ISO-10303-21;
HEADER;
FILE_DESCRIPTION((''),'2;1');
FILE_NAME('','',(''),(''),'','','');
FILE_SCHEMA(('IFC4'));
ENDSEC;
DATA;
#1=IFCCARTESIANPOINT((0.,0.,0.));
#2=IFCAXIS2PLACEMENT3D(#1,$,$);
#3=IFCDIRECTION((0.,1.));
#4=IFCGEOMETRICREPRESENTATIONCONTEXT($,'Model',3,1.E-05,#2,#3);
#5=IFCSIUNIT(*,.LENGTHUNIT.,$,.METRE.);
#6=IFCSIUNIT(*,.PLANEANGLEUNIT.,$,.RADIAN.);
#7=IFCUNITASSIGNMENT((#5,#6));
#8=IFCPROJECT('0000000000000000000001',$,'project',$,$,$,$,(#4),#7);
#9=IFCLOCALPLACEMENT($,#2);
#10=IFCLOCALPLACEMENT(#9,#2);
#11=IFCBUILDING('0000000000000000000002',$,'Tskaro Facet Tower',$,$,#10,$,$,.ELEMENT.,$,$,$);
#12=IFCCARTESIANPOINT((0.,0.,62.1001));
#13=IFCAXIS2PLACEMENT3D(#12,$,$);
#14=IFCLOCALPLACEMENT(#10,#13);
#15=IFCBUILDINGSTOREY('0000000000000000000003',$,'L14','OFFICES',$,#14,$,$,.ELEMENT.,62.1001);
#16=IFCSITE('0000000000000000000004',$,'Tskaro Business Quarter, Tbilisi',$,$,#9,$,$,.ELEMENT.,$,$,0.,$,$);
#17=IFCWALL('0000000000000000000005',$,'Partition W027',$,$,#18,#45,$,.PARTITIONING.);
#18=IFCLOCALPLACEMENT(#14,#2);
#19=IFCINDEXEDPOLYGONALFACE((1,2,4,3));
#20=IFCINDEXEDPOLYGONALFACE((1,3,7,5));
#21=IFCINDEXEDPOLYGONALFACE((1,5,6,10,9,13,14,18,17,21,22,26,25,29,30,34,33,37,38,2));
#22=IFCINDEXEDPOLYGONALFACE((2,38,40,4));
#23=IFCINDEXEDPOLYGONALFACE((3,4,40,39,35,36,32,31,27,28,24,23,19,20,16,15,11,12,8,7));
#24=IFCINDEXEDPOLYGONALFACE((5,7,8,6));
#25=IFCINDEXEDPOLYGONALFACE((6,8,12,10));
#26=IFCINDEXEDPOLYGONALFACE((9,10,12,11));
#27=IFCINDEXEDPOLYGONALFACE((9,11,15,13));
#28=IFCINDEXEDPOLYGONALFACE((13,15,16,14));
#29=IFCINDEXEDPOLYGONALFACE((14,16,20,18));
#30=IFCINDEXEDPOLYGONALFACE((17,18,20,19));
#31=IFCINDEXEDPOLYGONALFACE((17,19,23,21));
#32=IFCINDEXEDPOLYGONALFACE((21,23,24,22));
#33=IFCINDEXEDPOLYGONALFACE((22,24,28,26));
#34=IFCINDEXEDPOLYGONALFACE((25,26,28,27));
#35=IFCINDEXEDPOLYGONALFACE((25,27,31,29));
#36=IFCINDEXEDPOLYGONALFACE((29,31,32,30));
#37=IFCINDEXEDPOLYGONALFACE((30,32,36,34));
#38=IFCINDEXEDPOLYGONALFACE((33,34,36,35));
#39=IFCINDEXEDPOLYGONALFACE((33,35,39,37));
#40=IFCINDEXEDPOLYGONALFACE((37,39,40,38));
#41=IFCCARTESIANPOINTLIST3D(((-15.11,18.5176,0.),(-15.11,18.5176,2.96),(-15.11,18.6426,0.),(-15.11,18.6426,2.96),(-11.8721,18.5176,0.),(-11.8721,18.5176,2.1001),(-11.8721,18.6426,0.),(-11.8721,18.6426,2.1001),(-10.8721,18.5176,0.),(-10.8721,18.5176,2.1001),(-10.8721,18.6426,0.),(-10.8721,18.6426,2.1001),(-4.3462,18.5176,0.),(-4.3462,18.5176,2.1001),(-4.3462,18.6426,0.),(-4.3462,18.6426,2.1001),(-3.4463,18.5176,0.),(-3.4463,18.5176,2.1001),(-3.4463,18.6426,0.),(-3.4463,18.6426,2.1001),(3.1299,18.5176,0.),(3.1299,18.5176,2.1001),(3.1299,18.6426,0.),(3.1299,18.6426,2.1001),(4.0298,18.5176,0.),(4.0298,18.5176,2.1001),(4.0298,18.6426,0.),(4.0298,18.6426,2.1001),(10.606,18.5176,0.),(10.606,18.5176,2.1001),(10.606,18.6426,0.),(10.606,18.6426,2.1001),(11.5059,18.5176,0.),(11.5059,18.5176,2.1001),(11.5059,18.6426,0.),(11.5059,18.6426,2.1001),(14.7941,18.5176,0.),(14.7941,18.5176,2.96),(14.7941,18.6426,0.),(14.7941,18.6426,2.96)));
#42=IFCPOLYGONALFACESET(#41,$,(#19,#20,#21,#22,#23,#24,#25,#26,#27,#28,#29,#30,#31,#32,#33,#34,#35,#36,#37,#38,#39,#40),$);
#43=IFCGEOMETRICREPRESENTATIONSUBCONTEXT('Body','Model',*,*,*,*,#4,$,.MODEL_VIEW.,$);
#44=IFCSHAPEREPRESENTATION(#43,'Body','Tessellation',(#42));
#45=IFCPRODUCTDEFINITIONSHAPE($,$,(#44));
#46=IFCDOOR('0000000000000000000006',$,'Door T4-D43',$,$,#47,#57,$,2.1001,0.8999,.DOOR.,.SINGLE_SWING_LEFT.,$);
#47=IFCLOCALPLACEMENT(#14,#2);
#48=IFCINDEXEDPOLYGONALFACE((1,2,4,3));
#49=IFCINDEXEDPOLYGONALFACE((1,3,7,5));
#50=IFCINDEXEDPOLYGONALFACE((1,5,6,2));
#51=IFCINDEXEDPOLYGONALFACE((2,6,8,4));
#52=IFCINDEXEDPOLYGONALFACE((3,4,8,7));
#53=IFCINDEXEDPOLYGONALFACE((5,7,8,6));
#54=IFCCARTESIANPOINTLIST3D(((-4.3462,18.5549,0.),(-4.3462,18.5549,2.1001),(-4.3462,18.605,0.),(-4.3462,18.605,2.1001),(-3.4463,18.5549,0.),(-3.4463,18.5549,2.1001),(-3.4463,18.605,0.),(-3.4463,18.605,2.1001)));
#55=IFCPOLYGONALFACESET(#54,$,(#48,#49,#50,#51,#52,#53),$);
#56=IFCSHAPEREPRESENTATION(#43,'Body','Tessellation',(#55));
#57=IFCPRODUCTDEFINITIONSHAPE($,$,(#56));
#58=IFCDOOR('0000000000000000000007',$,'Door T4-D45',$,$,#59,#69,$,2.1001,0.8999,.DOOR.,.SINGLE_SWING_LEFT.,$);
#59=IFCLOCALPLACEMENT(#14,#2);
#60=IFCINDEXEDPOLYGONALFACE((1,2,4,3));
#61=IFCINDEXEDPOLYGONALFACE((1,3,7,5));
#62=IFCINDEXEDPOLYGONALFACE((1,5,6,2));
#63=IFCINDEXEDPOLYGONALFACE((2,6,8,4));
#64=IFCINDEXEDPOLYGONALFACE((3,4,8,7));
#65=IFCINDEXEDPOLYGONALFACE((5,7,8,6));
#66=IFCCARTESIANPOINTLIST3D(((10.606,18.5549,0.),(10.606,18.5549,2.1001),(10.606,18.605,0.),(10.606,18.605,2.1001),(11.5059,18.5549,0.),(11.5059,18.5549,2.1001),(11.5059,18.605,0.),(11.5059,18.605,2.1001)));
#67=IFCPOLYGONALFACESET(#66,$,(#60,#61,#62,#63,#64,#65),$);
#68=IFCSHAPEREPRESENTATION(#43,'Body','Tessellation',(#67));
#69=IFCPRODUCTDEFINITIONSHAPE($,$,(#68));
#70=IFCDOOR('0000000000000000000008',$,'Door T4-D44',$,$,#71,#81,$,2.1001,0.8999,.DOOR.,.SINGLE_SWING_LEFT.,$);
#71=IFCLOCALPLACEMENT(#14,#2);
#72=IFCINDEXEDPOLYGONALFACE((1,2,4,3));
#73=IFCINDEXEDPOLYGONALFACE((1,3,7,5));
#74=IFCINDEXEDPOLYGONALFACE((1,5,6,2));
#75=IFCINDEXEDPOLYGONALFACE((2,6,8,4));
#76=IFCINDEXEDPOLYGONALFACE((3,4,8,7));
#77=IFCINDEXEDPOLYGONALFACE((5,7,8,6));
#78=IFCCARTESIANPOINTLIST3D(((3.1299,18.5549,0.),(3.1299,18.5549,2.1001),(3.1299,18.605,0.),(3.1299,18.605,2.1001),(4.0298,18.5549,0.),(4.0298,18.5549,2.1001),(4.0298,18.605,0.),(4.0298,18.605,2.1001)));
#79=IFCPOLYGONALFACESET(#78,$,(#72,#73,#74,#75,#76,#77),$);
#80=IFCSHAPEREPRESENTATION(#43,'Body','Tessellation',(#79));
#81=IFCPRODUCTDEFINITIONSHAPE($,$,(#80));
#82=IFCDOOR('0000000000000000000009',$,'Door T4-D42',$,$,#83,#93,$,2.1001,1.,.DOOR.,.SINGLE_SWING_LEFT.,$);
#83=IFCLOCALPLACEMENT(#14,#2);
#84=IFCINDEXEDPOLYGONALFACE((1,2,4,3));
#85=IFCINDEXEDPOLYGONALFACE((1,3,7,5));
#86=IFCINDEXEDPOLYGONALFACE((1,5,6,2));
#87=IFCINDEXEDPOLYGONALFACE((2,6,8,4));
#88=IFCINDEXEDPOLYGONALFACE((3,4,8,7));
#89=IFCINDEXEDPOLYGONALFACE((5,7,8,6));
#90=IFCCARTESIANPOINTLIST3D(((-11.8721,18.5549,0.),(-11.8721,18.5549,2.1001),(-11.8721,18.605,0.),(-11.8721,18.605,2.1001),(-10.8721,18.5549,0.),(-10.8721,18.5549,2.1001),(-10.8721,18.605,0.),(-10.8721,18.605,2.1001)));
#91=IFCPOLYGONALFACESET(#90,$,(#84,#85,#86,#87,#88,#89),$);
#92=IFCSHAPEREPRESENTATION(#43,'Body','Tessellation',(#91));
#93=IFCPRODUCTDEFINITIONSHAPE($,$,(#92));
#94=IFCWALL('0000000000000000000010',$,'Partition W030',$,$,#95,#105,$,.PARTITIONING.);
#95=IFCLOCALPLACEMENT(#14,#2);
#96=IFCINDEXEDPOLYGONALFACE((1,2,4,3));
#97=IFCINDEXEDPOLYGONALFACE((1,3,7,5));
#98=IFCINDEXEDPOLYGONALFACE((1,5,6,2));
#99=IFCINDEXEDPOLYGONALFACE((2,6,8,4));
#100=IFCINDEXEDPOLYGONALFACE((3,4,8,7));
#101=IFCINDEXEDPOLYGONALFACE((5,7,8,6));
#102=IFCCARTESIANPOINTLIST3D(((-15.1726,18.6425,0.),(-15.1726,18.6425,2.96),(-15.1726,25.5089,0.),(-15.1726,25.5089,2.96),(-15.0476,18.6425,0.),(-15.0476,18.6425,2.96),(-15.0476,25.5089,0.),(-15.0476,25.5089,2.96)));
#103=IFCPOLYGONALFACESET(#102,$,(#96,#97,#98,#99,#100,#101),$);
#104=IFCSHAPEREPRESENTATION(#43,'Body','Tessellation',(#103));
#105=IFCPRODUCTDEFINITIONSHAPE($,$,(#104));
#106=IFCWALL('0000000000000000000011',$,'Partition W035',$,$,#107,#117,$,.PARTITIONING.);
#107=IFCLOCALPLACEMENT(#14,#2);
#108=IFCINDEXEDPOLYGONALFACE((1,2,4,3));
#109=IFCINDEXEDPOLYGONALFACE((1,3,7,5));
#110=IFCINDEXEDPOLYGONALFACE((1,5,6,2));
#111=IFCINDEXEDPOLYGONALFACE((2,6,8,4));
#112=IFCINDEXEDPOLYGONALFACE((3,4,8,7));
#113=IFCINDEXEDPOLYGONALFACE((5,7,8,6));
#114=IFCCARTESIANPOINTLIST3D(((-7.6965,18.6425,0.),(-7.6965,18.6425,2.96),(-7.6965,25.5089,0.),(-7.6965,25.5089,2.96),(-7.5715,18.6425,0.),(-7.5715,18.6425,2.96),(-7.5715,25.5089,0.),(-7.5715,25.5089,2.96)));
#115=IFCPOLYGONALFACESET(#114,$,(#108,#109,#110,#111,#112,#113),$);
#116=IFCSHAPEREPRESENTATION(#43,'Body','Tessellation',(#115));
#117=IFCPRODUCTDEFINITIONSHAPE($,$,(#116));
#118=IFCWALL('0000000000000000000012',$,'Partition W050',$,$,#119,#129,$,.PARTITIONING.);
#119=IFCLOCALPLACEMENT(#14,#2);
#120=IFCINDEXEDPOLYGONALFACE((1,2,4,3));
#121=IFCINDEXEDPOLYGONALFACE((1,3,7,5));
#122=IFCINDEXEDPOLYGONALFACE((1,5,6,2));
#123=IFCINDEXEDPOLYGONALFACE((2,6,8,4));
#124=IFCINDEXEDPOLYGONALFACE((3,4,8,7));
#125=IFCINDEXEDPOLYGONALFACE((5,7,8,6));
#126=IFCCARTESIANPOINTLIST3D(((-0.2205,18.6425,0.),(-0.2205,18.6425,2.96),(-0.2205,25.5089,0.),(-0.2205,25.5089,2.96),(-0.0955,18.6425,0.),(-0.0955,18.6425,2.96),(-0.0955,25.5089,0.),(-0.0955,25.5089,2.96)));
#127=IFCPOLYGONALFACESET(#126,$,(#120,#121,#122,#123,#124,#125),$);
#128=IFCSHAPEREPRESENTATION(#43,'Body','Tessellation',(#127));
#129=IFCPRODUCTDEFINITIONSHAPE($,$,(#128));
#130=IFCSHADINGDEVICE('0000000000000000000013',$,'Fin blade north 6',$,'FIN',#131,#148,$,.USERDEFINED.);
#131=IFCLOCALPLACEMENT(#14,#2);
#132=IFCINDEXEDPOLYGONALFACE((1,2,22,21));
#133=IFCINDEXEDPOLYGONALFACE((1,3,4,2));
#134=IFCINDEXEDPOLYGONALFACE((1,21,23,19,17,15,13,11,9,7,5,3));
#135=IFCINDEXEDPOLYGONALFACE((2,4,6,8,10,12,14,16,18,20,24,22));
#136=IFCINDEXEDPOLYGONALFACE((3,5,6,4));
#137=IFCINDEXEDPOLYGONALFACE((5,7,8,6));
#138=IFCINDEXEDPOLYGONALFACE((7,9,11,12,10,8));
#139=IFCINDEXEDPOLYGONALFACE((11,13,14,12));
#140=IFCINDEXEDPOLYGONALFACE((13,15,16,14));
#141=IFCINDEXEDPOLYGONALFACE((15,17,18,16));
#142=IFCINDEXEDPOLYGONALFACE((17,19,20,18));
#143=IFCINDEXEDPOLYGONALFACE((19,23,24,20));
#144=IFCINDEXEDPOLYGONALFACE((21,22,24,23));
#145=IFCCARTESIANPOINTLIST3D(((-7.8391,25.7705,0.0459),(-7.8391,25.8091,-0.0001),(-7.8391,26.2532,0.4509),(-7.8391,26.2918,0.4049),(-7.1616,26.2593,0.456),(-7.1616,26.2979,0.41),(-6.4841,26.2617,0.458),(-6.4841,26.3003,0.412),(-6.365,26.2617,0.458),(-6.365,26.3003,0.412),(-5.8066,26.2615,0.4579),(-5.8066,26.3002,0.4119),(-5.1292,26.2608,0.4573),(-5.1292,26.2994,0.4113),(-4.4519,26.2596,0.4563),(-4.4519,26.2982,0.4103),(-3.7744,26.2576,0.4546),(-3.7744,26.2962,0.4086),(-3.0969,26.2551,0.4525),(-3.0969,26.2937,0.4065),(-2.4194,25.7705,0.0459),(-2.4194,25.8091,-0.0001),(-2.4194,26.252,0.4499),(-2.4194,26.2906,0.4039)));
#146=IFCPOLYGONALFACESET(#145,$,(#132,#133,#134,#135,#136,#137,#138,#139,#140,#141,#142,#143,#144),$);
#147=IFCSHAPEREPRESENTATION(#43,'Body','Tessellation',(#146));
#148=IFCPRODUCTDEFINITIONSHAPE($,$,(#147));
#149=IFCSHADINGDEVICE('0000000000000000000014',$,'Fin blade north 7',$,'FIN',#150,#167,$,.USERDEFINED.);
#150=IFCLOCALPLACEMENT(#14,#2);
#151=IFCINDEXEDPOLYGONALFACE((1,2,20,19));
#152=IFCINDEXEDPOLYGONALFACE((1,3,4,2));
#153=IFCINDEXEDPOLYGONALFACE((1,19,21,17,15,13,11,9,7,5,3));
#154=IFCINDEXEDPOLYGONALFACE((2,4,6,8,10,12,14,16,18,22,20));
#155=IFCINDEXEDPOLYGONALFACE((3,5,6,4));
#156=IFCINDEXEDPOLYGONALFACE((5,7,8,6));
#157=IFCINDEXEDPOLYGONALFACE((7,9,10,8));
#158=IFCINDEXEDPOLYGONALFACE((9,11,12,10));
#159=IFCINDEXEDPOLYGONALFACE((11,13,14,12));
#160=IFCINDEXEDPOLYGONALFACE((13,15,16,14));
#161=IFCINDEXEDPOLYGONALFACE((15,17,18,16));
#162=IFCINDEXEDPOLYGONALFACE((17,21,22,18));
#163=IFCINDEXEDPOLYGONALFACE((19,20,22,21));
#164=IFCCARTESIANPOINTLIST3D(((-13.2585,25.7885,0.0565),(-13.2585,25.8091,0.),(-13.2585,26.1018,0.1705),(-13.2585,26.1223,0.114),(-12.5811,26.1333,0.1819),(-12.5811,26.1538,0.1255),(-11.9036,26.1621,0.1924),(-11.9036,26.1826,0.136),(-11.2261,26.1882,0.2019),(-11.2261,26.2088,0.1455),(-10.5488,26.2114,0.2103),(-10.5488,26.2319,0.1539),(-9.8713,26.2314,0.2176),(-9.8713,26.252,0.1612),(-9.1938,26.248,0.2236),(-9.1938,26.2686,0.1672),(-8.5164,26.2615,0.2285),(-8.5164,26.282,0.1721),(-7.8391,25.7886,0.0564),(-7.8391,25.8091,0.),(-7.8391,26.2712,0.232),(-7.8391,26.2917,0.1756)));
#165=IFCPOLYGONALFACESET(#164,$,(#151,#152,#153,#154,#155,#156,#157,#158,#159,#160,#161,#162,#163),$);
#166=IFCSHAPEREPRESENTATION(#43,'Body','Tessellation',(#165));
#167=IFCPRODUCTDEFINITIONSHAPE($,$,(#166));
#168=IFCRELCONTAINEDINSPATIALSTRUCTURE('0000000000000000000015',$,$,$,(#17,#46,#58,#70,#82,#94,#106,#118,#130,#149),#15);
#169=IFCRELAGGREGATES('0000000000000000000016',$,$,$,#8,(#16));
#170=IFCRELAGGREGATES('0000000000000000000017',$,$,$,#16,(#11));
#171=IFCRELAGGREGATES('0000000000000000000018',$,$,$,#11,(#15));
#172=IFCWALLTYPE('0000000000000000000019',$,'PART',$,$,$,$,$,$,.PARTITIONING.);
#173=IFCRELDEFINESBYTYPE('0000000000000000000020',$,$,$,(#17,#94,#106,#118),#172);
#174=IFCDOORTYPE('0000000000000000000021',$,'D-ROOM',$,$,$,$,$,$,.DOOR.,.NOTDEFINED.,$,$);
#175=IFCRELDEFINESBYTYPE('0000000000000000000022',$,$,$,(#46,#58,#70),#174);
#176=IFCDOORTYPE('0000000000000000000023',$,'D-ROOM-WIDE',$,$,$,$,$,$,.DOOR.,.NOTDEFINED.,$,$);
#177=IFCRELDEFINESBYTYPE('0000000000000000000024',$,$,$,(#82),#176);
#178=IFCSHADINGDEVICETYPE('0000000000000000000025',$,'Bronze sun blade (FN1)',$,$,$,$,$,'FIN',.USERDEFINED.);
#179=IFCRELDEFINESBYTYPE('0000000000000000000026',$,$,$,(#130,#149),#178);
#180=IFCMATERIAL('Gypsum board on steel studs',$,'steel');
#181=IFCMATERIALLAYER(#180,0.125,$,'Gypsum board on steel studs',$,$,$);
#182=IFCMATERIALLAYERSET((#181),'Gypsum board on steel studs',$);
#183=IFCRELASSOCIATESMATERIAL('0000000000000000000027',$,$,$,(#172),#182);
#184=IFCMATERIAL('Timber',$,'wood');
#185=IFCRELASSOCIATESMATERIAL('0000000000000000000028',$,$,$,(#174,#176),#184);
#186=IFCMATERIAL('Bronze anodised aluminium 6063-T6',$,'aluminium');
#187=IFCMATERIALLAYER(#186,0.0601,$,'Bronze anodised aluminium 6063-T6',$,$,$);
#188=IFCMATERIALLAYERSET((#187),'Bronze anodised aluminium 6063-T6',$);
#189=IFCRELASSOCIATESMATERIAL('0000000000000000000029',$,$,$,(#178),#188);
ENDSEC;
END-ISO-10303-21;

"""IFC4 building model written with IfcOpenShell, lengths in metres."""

from ifc_helpers import new_model, si_unit, direction, frame, frame_2d, origin, place, context, subcontext, project, spatial, polyline, rectangle, outline, extrude, material, layer, layer_set, type_object, element, fill, save


model = new_model("IFC4")

# Units and contexts
model_context = context("Model", 3, precision=1e-05, world=origin(), true_north=direction((0.0, 1.0)))
body_context = subcontext(model_context, "Body", "Model", "MODEL_VIEW")
ifc_project = project(units=[si_unit("LENGTHUNIT", "METRE"), si_unit("PLANEANGLEUNIT", "RADIAN")], contexts=[model_context])

# Site, building, storey
site_placement = place(None, origin())
site = spatial("IfcSite", under=ifc_project, at=site_placement, Name="Tskaro Business Quarter, Tbilisi", CompositionType="ELEMENT", RefElevation=0.0)
building_placement = place(site_placement, origin())
building = spatial("IfcBuilding", under=site, at=building_placement, Name="Tskaro Facet Tower", CompositionType="ELEMENT")
storey_placement = place(building_placement, frame((0.0, 0.0, 62.1001)))
storey = spatial("IfcBuildingStorey", under=building, at=storey_placement, Name="L14", Description="OFFICES", CompositionType="ELEMENT", Elevation=62.1001)

# Shared definitions
ifc_material_1 = material(Name="Bronze anodised aluminium 6063-T6", Category="aluminium")

# Wall, openings, doors
ifc_material_2 = material(Name="Gypsum board on steel studs", Category="steel")
ifc_layer_1 = layer(ifc_material_2, 0.125, Name="Gypsum board on steel studs")
ifc_layer_set_1 = layer_set([ifc_layer_1], Name="Gypsum board on steel studs")
wall_type = type_object("IfcWallType", Name="PART", PredefinedType="PARTITIONING", material=ifc_layer_set_1)
wall_placement = place(storey_placement, frame((-15.1101, 18.5801, 0.0), z_axis=(0.0, 0.0, 1.0), x_axis=(1.0, 0.0, 0.0)))
wall = element("IfcWall", 1, at=wall_placement, inside=storey, type_object=wall_type, Name="Partition W027", PredefinedType="PARTITIONING", context=body_context, shape_type="SweptSolid", body=[
    extrude(rectangle(XDim=29.9041, YDim=0.125, at=frame_2d((14.9521, 0.0))), origin(), (0.0, 0.0, 1.0), 2.96),
])
opening_1_placement = place(wall_placement, frame((10.7639, 0.0, 0.0)))
opening_1 = element("IfcOpeningElement", 2, at=opening_1_placement, cuts=wall, PredefinedType="OPENING", context=body_context, shape_type="SweptSolid", body=[
    extrude(rectangle(XDim=0.8999, YDim=2.1001, at=frame_2d((0.45, 1.05))), frame((0.0, 0.0725, 0.0), z_axis=(0.0, -1.0, 0.0), x_axis=(1.0, 0.0, 0.0)), (0.0, 0.0, 1.0), 0.145),
])
opening_2_placement = place(wall_placement, frame((3.238, 0.0, 0.0)))
opening_2 = element("IfcOpeningElement", 3, at=opening_2_placement, cuts=wall, PredefinedType="OPENING", context=body_context, shape_type="SweptSolid", body=[
    extrude(rectangle(XDim=1.0, YDim=2.1001, at=frame_2d((0.5, 1.05))), frame((0.0, 0.0725, 0.0), z_axis=(0.0, -1.0, 0.0), x_axis=(1.0, 0.0, 0.0)), (0.0, 0.0, 1.0), 0.145),
])
opening_3_placement = place(wall_placement, frame((25.7161, 0.0, 0.0)))
opening_3 = element("IfcOpeningElement", 4, at=opening_3_placement, cuts=wall, PredefinedType="OPENING", context=body_context, shape_type="SweptSolid", body=[
    extrude(rectangle(XDim=0.8999, YDim=2.1001, at=frame_2d((0.45, 1.05))), frame((0.0, 0.0725, 0.0), z_axis=(0.0, -1.0, 0.0), x_axis=(1.0, 0.0, 0.0)), (0.0, 0.0, 1.0), 0.145),
])
opening_4_placement = place(wall_placement, frame((18.24, 0.0, 0.0)))
opening_4 = element("IfcOpeningElement", 5, at=opening_4_placement, cuts=wall, PredefinedType="OPENING", context=body_context, shape_type="SweptSolid", body=[
    extrude(rectangle(XDim=0.8999, YDim=2.1001, at=frame_2d((0.45, 1.05))), frame((0.0, 0.0725, 0.0), z_axis=(0.0, -1.0, 0.0), x_axis=(1.0, 0.0, 0.0)), (0.0, 0.0, 1.0), 0.145),
])
ifc_material_3 = material(Name="Timber", Category="wood")
door_type_1 = type_object("IfcDoorType", Name="D-ROOM", OperationType="NOTDEFINED", PredefinedType="DOOR", material=ifc_material_3)
door_1_placement = place(opening_1_placement, origin())
door_1 = element("IfcDoor", 6, at=door_1_placement, inside=storey, type_object=door_type_1, Name="Door T4-D43", OperationType="SINGLE_SWING_LEFT", OverallHeight=2.1001, OverallWidth=0.8999, PredefinedType="DOOR", context=body_context, shape_type="SweptSolid", body=[
    extrude(rectangle(XDim=0.8999, YDim=2.1001, at=frame_2d((0.45, 1.05))), frame((0.0, 0.0249, 0.0), z_axis=(0.0, -1.0, 0.0), x_axis=(1.0, 0.0, 0.0)), (0.0, 0.0, 1.0), 0.05),
])
fill(opening_1, door_1)
door_2_placement = place(opening_3_placement, origin())
door_2 = element("IfcDoor", 7, at=door_2_placement, inside=storey, type_object=door_type_1, Name="Door T4-D45", OperationType="SINGLE_SWING_LEFT", OverallHeight=2.1001, OverallWidth=0.8999, PredefinedType="DOOR", context=body_context, shape_type="SweptSolid", body=[
    extrude(rectangle(XDim=0.8999, YDim=2.1001, at=frame_2d((0.45, 1.05))), frame((0.0, 0.0249, 0.0), z_axis=(0.0, -1.0, 0.0), x_axis=(1.0, 0.0, 0.0)), (0.0, 0.0, 1.0), 0.05),
])
fill(opening_3, door_2)
door_3_placement = place(opening_4_placement, origin())
door_3 = element("IfcDoor", 8, at=door_3_placement, inside=storey, type_object=door_type_1, Name="Door T4-D44", OperationType="SINGLE_SWING_LEFT", OverallHeight=2.1001, OverallWidth=0.8999, PredefinedType="DOOR", context=body_context, shape_type="SweptSolid", body=[
    extrude(rectangle(XDim=0.8999, YDim=2.1001, at=frame_2d((0.45, 1.05))), frame((0.0, 0.0249, 0.0), z_axis=(0.0, -1.0, 0.0), x_axis=(1.0, 0.0, 0.0)), (0.0, 0.0, 1.0), 0.05),
])
fill(opening_4, door_3)
door_type_2 = type_object("IfcDoorType", Name="D-ROOM-WIDE", OperationType="NOTDEFINED", PredefinedType="DOOR", material=ifc_material_3)
door_4_placement = place(opening_2_placement, origin())
door_4 = element("IfcDoor", 9, at=door_4_placement, inside=storey, type_object=door_type_2, Name="Door T4-D42", OperationType="SINGLE_SWING_LEFT", OverallHeight=2.1001, OverallWidth=1.0, PredefinedType="DOOR", context=body_context, shape_type="SweptSolid", body=[
    extrude(rectangle(XDim=1.0, YDim=2.1001, at=frame_2d((0.5, 1.05))), frame((0.0, 0.0249, 0.0), z_axis=(0.0, -1.0, 0.0), x_axis=(1.0, 0.0, 0.0)), (0.0, 0.0, 1.0), 0.05),
])
fill(opening_2, door_4)

# Walls
for number, where, z_axis, x_axis, name in (
    (10, (-15.1101, 18.6426, 0.0), (0.0, 0.0, 1.0), (0.0, 1.0, 0.0), "Partition W030"),
    (11, (-7.634, 18.6426, 0.0), (0.0, 0.0, 1.0), (0.0, 1.0, 0.0), "Partition W035"),
    (12, (-0.158, 18.6426, 0.0), (0.0, 0.0, 1.0), (0.0, 1.0, 0.0), "Partition W050"),
):
    element("IfcWall", number, at=place(storey_placement, frame(where, z_axis=z_axis, x_axis=x_axis)), inside=storey, type_object=wall_type, Name=name, PredefinedType="PARTITIONING", context=body_context, shape_type="SweptSolid", body=[
        extrude(rectangle(XDim=6.8665, YDim=0.125, at=frame_2d((3.4331, 0.0))), origin(), (0.0, 0.0, 1.0), 2.96),
    ])

# Shading devices
ifc_layer_2 = layer(ifc_material_1, 0.0601, Name="Bronze anodised aluminium 6063-T6")
ifc_layer_set_2 = layer_set([ifc_layer_2], Name="Bronze anodised aluminium 6063-T6")
shading_device_type = type_object("IfcShadingDeviceType", Name="Bronze sun blade (FN1)", ElementType="FIN", PredefinedType="USERDEFINED", material=ifc_layer_set_2)
shading_device_1_placement = place(storey_placement, frame((-2.4194, 25.7705, 0.0459), z_axis=(-0.000003, -0.642796, 0.766037), x_axis=(-1.0, 0.000002, -0.000002)))
element("IfcShadingDevice", 13, at=shading_device_1_placement, inside=storey, type_object=shading_device_type, Name="Fin blade north 6", ObjectType="FIN", PredefinedType="USERDEFINED", context=body_context, shape_type="SweptSolid", body=[
    extrude(outline(polyline([(0.0, 0.0), (5.4197, 0.0), (5.4197, -0.6301), (4.7422, -0.6381), (4.0647, -0.6412), (3.9456, -0.6412), (3.3872, -0.641), (2.7097, -0.64), (2.0325, -0.6384), (1.355, -0.6358), (0.6775, -0.6325), (0.0, -0.6285), (0.0, 0.0)])), origin(), (0.0, 0.0, -1.0), 0.0601),
])
shading_device_2_placement = place(storey_placement, frame((-7.8391, 25.7886, 0.0564), z_axis=(0.000014, -0.341988, 0.939704), x_axis=(-1.0, -0.000005, 0.000013)))
element("IfcShadingDevice", 14, at=shading_device_2_placement, inside=storey, type_object=shading_device_type, Name="Fin blade north 7", ObjectType="FIN", PredefinedType="USERDEFINED", context=body_context, shape_type="SweptSolid", body=[
    extrude(outline(polyline([(0.0, 0.0), (5.4194, 0.0), (5.4194, -0.3333), (4.7419, -0.3669), (4.0645, -0.3975), (3.387, -0.4253), (2.7097, -0.45), (2.0322, -0.4713), (1.3547, -0.489), (0.6772, -0.5032), (0.0, -0.5136), (0.0, 0.0)])), origin(), (0.0, 0.0, -1.0), 0.0601),
])

save(model, "model.ifc")
